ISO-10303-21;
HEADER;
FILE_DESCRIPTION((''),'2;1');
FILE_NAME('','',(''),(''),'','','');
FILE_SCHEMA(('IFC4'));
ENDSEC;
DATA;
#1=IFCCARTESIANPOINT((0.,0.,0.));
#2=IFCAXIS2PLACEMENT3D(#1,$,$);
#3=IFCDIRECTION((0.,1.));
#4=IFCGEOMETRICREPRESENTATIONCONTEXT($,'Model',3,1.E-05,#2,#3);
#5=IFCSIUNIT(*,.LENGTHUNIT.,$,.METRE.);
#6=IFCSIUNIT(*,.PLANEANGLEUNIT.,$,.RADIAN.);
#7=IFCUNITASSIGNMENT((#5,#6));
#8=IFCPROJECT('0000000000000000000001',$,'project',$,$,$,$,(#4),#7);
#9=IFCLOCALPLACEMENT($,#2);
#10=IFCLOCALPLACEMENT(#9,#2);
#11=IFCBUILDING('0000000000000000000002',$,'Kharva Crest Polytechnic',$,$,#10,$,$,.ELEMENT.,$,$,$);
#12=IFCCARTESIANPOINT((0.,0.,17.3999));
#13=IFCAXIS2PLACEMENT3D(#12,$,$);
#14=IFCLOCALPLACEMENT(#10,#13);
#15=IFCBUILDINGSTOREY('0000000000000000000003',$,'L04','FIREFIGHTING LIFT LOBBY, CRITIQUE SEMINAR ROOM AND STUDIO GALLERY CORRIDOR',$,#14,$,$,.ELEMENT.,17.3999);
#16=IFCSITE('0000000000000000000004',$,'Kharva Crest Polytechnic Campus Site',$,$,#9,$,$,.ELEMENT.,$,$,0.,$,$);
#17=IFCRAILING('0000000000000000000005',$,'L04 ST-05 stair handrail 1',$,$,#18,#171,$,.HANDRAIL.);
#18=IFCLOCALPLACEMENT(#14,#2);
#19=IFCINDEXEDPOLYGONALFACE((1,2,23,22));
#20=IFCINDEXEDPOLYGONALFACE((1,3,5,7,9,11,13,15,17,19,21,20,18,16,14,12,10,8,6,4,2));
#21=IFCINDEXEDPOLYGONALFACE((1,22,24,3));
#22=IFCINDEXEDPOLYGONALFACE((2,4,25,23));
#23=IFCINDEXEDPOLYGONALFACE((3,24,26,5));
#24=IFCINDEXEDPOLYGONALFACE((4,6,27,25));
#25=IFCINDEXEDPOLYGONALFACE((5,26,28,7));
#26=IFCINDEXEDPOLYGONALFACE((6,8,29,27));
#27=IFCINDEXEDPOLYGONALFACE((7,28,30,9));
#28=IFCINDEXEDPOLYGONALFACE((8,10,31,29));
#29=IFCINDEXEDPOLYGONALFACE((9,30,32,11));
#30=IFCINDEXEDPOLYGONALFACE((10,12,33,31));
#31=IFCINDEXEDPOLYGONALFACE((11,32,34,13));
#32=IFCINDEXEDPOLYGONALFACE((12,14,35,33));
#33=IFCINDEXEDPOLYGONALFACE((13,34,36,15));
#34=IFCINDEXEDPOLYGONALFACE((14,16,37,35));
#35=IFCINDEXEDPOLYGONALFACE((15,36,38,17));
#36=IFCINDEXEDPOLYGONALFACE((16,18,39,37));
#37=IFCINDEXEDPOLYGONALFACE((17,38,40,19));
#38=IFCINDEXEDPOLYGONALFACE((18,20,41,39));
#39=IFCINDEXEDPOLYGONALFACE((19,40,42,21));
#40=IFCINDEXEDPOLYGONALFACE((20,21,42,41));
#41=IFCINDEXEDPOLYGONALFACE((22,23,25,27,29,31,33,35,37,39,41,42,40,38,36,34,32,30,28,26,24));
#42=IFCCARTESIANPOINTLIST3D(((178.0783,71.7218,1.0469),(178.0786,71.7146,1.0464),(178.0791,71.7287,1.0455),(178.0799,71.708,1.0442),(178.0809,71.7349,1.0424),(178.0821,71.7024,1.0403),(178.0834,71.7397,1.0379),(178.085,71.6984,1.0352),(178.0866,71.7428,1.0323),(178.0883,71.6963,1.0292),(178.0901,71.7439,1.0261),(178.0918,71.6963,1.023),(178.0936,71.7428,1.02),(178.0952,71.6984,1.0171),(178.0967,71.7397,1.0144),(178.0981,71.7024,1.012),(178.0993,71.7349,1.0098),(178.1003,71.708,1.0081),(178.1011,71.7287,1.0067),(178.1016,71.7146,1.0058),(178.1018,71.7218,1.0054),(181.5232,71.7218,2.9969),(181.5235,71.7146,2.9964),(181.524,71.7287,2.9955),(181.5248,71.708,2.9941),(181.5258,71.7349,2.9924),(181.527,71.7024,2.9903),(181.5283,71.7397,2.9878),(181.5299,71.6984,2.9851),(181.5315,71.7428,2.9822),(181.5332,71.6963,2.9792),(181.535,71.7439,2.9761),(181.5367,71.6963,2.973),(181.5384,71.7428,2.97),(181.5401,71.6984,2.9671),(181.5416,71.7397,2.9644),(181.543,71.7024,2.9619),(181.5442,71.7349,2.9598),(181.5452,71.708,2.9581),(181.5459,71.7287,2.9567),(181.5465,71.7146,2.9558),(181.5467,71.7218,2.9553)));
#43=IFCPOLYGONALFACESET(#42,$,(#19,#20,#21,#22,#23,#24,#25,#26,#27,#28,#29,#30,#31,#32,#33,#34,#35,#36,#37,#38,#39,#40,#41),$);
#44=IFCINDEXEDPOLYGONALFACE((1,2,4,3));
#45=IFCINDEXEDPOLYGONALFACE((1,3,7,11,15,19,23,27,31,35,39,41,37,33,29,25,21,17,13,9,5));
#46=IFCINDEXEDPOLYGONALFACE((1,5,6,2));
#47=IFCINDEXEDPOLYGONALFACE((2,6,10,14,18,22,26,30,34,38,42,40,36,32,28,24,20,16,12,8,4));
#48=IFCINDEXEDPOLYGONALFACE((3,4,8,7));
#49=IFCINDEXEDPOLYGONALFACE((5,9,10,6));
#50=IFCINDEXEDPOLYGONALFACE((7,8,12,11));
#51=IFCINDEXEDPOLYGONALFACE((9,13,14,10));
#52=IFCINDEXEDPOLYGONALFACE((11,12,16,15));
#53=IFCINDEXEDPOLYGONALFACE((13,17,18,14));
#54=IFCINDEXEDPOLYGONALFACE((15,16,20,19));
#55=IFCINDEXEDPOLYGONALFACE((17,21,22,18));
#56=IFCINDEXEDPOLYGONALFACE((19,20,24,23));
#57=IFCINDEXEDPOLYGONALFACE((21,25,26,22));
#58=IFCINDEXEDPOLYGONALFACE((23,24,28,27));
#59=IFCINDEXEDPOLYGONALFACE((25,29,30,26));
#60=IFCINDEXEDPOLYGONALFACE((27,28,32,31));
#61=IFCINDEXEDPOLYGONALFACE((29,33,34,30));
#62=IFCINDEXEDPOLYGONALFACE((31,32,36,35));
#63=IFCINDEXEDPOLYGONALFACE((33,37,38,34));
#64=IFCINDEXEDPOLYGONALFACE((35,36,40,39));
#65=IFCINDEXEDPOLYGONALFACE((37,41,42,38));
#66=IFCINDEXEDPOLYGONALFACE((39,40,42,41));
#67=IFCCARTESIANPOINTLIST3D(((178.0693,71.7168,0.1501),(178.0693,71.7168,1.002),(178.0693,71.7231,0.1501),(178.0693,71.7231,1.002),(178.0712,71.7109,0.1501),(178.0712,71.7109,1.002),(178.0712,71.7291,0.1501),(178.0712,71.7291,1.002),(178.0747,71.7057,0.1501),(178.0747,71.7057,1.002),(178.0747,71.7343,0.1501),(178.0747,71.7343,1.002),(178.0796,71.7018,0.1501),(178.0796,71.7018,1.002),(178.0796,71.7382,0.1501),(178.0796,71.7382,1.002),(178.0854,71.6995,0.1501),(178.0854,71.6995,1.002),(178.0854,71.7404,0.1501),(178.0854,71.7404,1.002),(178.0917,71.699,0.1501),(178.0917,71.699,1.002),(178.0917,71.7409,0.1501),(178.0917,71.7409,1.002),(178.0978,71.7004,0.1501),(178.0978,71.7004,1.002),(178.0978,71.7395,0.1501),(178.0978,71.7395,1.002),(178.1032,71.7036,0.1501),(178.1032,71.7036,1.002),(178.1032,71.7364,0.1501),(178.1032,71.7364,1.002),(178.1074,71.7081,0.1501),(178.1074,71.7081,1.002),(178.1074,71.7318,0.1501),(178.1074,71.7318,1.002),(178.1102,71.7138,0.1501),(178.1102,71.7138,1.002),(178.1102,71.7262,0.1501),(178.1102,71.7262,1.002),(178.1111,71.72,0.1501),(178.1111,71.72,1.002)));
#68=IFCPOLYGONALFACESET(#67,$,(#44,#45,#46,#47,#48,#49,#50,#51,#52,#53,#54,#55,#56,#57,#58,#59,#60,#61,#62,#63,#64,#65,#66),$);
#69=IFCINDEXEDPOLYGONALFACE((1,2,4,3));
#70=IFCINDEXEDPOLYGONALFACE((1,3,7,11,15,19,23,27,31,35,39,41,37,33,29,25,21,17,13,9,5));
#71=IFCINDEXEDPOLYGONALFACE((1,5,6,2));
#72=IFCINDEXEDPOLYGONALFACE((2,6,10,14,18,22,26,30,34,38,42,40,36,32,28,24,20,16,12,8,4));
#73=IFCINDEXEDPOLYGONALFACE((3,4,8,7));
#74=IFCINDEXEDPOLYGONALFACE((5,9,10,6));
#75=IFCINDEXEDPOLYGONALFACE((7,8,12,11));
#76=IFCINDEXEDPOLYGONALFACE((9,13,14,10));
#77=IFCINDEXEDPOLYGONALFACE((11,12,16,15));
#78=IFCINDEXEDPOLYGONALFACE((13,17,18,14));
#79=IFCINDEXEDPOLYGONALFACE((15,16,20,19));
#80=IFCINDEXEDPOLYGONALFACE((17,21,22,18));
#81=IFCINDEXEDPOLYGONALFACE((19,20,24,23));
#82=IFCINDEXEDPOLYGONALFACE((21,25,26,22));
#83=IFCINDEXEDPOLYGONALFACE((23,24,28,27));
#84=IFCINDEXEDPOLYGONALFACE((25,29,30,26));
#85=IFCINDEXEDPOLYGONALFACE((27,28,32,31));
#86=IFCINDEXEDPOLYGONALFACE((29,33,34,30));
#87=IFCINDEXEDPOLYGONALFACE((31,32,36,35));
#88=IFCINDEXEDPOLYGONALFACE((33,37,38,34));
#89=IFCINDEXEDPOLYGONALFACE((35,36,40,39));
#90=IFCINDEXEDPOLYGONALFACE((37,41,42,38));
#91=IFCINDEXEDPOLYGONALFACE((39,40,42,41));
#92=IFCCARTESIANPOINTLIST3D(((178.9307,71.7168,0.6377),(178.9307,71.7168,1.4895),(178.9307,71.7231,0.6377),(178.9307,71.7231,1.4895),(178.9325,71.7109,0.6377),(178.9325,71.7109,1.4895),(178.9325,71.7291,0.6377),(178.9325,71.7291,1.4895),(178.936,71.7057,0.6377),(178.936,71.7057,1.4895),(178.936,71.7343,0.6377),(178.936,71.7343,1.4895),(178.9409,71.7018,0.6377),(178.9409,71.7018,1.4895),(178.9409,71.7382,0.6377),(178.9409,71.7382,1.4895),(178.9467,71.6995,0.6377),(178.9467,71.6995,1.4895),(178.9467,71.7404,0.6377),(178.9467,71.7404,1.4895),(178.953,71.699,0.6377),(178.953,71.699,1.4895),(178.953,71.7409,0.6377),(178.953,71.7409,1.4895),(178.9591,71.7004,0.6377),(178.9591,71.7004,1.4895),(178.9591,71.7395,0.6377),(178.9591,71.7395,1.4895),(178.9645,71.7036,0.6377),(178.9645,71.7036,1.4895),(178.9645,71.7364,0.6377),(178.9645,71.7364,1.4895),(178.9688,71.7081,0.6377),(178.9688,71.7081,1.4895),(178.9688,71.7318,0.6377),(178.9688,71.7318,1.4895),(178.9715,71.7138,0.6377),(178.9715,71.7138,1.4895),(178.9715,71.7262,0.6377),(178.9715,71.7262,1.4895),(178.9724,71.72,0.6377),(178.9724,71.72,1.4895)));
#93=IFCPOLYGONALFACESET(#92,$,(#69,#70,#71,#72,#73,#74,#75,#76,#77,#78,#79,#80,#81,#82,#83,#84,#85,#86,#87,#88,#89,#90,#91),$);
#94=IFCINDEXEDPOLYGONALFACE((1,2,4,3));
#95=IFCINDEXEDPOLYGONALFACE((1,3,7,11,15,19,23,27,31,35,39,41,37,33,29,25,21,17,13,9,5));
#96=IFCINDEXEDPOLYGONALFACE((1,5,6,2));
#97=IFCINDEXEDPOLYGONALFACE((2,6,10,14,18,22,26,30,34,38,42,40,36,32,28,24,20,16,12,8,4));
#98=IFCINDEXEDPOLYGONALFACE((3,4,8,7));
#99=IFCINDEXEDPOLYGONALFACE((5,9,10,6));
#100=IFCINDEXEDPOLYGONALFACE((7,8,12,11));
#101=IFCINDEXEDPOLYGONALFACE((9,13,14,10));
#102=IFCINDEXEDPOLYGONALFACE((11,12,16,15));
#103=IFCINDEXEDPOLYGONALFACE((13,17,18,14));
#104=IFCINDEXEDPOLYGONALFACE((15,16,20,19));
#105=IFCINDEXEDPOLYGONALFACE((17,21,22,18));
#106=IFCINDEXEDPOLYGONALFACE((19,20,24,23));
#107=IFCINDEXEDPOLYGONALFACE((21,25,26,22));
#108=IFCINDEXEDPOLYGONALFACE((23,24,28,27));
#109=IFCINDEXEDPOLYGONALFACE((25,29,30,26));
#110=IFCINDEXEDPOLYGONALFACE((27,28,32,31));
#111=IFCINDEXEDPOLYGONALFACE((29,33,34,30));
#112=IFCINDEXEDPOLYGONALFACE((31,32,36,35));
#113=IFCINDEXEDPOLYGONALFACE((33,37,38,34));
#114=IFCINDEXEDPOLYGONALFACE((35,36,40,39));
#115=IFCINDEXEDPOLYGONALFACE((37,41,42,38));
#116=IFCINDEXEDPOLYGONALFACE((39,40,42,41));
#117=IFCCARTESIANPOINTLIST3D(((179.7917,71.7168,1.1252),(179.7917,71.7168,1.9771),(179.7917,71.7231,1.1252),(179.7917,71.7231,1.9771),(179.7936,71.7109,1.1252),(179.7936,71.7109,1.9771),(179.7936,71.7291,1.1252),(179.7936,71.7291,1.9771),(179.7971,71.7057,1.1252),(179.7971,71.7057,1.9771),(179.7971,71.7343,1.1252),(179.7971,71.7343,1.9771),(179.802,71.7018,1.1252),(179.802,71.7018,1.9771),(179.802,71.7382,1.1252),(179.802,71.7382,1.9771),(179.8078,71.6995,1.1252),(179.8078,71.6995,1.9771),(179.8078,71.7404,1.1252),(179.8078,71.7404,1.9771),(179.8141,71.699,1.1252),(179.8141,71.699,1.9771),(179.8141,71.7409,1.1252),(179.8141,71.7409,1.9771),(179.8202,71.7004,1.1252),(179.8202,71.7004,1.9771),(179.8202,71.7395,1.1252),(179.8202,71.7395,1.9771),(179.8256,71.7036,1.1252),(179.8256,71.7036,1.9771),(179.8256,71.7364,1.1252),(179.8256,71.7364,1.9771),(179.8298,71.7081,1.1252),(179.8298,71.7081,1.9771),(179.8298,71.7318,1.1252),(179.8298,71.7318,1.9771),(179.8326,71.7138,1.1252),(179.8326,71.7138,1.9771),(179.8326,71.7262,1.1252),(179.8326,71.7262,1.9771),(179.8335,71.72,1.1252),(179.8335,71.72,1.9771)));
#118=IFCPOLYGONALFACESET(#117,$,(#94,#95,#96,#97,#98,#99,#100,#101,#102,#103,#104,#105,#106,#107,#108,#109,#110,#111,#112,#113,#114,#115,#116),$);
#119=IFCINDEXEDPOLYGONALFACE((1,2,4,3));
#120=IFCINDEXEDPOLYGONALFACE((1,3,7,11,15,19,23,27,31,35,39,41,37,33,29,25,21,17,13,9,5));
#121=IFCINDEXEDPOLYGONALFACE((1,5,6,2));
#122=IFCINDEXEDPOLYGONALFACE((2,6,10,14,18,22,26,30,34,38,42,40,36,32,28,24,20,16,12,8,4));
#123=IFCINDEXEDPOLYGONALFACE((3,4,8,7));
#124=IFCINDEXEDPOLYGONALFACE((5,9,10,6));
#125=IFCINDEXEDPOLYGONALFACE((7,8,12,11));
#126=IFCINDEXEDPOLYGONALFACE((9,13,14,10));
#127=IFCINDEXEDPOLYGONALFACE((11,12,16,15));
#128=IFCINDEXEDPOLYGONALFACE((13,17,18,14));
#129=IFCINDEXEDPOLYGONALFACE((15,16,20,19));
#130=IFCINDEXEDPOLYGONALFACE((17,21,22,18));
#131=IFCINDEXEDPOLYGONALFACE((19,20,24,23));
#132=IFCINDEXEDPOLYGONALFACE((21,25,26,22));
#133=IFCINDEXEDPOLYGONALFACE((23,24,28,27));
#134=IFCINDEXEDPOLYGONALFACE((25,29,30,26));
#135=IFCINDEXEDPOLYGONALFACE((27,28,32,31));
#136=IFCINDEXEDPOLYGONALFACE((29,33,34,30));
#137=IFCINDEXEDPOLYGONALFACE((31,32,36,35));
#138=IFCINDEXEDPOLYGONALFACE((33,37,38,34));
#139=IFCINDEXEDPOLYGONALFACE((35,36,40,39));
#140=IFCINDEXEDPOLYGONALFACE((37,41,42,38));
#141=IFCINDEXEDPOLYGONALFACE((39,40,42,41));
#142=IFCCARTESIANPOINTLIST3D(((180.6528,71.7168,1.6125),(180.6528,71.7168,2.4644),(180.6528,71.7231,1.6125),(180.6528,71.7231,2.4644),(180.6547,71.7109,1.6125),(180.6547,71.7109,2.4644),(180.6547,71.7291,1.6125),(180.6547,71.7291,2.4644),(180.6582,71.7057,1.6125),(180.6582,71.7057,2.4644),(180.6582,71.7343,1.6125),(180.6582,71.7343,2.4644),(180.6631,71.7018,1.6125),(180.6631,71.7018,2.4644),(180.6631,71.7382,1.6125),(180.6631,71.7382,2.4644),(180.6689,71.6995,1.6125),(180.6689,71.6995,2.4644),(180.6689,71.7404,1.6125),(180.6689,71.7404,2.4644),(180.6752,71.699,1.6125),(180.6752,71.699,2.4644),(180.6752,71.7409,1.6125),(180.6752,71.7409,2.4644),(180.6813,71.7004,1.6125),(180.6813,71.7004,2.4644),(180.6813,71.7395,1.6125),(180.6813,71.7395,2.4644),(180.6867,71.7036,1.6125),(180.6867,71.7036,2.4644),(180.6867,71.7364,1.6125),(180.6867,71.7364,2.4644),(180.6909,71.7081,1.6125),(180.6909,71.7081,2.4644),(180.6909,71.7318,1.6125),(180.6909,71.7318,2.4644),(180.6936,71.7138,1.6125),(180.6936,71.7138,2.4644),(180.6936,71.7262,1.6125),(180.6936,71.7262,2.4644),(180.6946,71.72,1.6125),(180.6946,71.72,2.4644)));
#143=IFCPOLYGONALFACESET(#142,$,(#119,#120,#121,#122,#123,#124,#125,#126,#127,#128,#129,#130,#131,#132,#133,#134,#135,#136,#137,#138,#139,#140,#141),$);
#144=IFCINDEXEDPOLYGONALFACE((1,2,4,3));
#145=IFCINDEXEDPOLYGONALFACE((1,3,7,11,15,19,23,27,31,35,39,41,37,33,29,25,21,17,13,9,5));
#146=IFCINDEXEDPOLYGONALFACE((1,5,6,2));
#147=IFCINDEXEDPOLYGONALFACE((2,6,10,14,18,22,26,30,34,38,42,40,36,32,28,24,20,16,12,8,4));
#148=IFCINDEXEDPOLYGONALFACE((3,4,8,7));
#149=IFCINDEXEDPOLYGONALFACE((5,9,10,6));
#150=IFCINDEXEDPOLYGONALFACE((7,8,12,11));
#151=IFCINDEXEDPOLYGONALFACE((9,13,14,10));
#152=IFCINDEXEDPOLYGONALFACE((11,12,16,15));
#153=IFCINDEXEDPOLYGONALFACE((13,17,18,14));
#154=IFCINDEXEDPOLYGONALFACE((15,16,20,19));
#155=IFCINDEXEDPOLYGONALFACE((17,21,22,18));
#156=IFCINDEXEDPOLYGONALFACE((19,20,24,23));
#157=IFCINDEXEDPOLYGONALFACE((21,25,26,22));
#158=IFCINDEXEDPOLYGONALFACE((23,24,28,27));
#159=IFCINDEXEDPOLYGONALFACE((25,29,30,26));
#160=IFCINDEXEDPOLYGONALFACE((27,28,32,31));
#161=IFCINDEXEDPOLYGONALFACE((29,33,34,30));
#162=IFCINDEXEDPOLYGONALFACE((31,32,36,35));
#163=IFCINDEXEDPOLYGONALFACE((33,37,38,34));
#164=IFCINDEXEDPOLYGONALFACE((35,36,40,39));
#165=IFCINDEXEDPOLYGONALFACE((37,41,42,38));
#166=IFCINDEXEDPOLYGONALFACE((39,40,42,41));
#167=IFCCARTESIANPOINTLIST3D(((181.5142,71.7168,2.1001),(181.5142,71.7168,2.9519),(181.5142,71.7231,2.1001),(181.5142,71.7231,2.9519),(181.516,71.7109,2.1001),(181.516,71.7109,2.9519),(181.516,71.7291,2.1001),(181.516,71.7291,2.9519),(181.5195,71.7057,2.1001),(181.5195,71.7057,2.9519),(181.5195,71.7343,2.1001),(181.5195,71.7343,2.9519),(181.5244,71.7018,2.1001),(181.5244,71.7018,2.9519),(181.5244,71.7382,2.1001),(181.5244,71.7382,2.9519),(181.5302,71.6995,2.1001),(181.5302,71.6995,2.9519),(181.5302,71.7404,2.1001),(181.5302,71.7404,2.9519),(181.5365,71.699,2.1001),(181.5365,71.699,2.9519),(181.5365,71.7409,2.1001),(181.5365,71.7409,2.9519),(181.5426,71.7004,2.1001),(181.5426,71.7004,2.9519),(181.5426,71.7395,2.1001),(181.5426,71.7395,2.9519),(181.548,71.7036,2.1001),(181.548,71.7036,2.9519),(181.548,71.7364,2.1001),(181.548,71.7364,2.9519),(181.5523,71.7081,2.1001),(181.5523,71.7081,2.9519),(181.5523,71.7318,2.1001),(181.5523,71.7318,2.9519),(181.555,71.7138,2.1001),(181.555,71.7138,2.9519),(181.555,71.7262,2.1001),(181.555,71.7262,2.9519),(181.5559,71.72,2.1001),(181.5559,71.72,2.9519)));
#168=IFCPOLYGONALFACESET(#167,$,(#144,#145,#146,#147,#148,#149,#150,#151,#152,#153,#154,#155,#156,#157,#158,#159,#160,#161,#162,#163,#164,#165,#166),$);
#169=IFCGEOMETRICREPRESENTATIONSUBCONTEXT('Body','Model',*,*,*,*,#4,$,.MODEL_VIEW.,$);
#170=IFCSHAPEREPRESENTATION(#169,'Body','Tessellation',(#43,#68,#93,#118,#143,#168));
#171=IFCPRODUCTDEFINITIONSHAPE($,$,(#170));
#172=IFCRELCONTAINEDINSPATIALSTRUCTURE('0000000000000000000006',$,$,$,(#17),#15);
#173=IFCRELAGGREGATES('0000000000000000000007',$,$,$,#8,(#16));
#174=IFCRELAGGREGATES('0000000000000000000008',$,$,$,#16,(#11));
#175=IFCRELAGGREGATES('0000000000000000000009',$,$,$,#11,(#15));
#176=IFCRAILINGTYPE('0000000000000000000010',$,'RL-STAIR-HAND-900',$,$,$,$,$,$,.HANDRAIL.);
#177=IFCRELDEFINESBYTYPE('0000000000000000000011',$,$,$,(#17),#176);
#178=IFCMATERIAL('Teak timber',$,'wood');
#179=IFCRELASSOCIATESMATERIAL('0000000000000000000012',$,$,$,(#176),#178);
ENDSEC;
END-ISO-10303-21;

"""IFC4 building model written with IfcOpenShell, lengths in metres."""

from ifc_helpers import new_model, si_unit, direction, frame, origin, origin_2d, place, context, subcontext, project, spatial, circle, extrude, material, type_object, element, save


model = new_model("IFC4")

# Units and contexts
model_context = context("Model", 3, precision=1e-05, world=origin(), true_north=direction((0.0, 1.0)))
body_context = subcontext(model_context, "Body", "Model", "MODEL_VIEW")
ifc_project = project(units=[si_unit("LENGTHUNIT", "METRE"), si_unit("PLANEANGLEUNIT", "RADIAN")], contexts=[model_context])

# Site, building, storey
site_placement = place(None, origin())
site = spatial("IfcSite", under=ifc_project, at=site_placement, Name="Kharva Crest Polytechnic Campus Site", CompositionType="ELEMENT", RefElevation=0.0)
building_placement = place(site_placement, origin())
building = spatial("IfcBuilding", under=site, at=building_placement, Name="Kharva Crest Polytechnic", CompositionType="ELEMENT")
storey_placement = place(building_placement, frame((0.0, 0.0, 17.3999)))
storey = spatial("IfcBuildingStorey", under=building, at=storey_placement, Name="L04", Description="FIREFIGHTING LIFT LOBBY, CRITIQUE SEMINAR ROOM AND STUDIO GALLERY CORRIDOR", CompositionType="ELEMENT", Elevation=17.3999)

# Railing
ifc_material_1 = material(Name="Teak timber", Category="wood")
railing_type_1 = type_object("IfcRailingType", Name="RL-STAIR-HAND-900", PredefinedType="HANDRAIL", material=ifc_material_1)
railing_1_placement = place(storey_placement, frame((178.0901, 71.72, 0.1501)))
element("IfcRailing", 1, at=railing_1_placement, inside=storey, type_object=railing_type_1, Name="L04 ST-05 stair handrail 1", PredefinedType="HANDRAIL", context=body_context, shape_type="SweptSolid", body=[
    extrude(circle(Radius=0.0239, at=origin_2d()), frame((0.0, 0.0, 0.876), z_axis=(0.870251, 0.0, 0.492608), x_axis=(0.0, 1.0, 0.0)), (0.0, 0.0, 1.0), 3.9585),
    extrude(circle(Radius=0.021, at=origin_2d()), origin(), (0.0, 0.0, 1.0), 0.8518),
    extrude(circle(Radius=0.021, at=origin_2d()), frame((0.8613, 0.0, 0.4875)), (0.0, 0.0, 1.0), 0.8518),
    extrude(circle(Radius=0.021, at=origin_2d()), frame((1.7224, 0.0, 0.9751)), (0.0, 0.0, 1.0), 0.8518),
    extrude(circle(Radius=0.021, at=origin_2d()), frame((2.5835, 0.0, 1.4624)), (0.0, 0.0, 1.0), 0.8518),
    extrude(circle(Radius=0.021, at=origin_2d()), frame((3.4448, 0.0, 1.95)), (0.0, 0.0, 1.0), 0.8518),
])

save(model, "model.ifc")
